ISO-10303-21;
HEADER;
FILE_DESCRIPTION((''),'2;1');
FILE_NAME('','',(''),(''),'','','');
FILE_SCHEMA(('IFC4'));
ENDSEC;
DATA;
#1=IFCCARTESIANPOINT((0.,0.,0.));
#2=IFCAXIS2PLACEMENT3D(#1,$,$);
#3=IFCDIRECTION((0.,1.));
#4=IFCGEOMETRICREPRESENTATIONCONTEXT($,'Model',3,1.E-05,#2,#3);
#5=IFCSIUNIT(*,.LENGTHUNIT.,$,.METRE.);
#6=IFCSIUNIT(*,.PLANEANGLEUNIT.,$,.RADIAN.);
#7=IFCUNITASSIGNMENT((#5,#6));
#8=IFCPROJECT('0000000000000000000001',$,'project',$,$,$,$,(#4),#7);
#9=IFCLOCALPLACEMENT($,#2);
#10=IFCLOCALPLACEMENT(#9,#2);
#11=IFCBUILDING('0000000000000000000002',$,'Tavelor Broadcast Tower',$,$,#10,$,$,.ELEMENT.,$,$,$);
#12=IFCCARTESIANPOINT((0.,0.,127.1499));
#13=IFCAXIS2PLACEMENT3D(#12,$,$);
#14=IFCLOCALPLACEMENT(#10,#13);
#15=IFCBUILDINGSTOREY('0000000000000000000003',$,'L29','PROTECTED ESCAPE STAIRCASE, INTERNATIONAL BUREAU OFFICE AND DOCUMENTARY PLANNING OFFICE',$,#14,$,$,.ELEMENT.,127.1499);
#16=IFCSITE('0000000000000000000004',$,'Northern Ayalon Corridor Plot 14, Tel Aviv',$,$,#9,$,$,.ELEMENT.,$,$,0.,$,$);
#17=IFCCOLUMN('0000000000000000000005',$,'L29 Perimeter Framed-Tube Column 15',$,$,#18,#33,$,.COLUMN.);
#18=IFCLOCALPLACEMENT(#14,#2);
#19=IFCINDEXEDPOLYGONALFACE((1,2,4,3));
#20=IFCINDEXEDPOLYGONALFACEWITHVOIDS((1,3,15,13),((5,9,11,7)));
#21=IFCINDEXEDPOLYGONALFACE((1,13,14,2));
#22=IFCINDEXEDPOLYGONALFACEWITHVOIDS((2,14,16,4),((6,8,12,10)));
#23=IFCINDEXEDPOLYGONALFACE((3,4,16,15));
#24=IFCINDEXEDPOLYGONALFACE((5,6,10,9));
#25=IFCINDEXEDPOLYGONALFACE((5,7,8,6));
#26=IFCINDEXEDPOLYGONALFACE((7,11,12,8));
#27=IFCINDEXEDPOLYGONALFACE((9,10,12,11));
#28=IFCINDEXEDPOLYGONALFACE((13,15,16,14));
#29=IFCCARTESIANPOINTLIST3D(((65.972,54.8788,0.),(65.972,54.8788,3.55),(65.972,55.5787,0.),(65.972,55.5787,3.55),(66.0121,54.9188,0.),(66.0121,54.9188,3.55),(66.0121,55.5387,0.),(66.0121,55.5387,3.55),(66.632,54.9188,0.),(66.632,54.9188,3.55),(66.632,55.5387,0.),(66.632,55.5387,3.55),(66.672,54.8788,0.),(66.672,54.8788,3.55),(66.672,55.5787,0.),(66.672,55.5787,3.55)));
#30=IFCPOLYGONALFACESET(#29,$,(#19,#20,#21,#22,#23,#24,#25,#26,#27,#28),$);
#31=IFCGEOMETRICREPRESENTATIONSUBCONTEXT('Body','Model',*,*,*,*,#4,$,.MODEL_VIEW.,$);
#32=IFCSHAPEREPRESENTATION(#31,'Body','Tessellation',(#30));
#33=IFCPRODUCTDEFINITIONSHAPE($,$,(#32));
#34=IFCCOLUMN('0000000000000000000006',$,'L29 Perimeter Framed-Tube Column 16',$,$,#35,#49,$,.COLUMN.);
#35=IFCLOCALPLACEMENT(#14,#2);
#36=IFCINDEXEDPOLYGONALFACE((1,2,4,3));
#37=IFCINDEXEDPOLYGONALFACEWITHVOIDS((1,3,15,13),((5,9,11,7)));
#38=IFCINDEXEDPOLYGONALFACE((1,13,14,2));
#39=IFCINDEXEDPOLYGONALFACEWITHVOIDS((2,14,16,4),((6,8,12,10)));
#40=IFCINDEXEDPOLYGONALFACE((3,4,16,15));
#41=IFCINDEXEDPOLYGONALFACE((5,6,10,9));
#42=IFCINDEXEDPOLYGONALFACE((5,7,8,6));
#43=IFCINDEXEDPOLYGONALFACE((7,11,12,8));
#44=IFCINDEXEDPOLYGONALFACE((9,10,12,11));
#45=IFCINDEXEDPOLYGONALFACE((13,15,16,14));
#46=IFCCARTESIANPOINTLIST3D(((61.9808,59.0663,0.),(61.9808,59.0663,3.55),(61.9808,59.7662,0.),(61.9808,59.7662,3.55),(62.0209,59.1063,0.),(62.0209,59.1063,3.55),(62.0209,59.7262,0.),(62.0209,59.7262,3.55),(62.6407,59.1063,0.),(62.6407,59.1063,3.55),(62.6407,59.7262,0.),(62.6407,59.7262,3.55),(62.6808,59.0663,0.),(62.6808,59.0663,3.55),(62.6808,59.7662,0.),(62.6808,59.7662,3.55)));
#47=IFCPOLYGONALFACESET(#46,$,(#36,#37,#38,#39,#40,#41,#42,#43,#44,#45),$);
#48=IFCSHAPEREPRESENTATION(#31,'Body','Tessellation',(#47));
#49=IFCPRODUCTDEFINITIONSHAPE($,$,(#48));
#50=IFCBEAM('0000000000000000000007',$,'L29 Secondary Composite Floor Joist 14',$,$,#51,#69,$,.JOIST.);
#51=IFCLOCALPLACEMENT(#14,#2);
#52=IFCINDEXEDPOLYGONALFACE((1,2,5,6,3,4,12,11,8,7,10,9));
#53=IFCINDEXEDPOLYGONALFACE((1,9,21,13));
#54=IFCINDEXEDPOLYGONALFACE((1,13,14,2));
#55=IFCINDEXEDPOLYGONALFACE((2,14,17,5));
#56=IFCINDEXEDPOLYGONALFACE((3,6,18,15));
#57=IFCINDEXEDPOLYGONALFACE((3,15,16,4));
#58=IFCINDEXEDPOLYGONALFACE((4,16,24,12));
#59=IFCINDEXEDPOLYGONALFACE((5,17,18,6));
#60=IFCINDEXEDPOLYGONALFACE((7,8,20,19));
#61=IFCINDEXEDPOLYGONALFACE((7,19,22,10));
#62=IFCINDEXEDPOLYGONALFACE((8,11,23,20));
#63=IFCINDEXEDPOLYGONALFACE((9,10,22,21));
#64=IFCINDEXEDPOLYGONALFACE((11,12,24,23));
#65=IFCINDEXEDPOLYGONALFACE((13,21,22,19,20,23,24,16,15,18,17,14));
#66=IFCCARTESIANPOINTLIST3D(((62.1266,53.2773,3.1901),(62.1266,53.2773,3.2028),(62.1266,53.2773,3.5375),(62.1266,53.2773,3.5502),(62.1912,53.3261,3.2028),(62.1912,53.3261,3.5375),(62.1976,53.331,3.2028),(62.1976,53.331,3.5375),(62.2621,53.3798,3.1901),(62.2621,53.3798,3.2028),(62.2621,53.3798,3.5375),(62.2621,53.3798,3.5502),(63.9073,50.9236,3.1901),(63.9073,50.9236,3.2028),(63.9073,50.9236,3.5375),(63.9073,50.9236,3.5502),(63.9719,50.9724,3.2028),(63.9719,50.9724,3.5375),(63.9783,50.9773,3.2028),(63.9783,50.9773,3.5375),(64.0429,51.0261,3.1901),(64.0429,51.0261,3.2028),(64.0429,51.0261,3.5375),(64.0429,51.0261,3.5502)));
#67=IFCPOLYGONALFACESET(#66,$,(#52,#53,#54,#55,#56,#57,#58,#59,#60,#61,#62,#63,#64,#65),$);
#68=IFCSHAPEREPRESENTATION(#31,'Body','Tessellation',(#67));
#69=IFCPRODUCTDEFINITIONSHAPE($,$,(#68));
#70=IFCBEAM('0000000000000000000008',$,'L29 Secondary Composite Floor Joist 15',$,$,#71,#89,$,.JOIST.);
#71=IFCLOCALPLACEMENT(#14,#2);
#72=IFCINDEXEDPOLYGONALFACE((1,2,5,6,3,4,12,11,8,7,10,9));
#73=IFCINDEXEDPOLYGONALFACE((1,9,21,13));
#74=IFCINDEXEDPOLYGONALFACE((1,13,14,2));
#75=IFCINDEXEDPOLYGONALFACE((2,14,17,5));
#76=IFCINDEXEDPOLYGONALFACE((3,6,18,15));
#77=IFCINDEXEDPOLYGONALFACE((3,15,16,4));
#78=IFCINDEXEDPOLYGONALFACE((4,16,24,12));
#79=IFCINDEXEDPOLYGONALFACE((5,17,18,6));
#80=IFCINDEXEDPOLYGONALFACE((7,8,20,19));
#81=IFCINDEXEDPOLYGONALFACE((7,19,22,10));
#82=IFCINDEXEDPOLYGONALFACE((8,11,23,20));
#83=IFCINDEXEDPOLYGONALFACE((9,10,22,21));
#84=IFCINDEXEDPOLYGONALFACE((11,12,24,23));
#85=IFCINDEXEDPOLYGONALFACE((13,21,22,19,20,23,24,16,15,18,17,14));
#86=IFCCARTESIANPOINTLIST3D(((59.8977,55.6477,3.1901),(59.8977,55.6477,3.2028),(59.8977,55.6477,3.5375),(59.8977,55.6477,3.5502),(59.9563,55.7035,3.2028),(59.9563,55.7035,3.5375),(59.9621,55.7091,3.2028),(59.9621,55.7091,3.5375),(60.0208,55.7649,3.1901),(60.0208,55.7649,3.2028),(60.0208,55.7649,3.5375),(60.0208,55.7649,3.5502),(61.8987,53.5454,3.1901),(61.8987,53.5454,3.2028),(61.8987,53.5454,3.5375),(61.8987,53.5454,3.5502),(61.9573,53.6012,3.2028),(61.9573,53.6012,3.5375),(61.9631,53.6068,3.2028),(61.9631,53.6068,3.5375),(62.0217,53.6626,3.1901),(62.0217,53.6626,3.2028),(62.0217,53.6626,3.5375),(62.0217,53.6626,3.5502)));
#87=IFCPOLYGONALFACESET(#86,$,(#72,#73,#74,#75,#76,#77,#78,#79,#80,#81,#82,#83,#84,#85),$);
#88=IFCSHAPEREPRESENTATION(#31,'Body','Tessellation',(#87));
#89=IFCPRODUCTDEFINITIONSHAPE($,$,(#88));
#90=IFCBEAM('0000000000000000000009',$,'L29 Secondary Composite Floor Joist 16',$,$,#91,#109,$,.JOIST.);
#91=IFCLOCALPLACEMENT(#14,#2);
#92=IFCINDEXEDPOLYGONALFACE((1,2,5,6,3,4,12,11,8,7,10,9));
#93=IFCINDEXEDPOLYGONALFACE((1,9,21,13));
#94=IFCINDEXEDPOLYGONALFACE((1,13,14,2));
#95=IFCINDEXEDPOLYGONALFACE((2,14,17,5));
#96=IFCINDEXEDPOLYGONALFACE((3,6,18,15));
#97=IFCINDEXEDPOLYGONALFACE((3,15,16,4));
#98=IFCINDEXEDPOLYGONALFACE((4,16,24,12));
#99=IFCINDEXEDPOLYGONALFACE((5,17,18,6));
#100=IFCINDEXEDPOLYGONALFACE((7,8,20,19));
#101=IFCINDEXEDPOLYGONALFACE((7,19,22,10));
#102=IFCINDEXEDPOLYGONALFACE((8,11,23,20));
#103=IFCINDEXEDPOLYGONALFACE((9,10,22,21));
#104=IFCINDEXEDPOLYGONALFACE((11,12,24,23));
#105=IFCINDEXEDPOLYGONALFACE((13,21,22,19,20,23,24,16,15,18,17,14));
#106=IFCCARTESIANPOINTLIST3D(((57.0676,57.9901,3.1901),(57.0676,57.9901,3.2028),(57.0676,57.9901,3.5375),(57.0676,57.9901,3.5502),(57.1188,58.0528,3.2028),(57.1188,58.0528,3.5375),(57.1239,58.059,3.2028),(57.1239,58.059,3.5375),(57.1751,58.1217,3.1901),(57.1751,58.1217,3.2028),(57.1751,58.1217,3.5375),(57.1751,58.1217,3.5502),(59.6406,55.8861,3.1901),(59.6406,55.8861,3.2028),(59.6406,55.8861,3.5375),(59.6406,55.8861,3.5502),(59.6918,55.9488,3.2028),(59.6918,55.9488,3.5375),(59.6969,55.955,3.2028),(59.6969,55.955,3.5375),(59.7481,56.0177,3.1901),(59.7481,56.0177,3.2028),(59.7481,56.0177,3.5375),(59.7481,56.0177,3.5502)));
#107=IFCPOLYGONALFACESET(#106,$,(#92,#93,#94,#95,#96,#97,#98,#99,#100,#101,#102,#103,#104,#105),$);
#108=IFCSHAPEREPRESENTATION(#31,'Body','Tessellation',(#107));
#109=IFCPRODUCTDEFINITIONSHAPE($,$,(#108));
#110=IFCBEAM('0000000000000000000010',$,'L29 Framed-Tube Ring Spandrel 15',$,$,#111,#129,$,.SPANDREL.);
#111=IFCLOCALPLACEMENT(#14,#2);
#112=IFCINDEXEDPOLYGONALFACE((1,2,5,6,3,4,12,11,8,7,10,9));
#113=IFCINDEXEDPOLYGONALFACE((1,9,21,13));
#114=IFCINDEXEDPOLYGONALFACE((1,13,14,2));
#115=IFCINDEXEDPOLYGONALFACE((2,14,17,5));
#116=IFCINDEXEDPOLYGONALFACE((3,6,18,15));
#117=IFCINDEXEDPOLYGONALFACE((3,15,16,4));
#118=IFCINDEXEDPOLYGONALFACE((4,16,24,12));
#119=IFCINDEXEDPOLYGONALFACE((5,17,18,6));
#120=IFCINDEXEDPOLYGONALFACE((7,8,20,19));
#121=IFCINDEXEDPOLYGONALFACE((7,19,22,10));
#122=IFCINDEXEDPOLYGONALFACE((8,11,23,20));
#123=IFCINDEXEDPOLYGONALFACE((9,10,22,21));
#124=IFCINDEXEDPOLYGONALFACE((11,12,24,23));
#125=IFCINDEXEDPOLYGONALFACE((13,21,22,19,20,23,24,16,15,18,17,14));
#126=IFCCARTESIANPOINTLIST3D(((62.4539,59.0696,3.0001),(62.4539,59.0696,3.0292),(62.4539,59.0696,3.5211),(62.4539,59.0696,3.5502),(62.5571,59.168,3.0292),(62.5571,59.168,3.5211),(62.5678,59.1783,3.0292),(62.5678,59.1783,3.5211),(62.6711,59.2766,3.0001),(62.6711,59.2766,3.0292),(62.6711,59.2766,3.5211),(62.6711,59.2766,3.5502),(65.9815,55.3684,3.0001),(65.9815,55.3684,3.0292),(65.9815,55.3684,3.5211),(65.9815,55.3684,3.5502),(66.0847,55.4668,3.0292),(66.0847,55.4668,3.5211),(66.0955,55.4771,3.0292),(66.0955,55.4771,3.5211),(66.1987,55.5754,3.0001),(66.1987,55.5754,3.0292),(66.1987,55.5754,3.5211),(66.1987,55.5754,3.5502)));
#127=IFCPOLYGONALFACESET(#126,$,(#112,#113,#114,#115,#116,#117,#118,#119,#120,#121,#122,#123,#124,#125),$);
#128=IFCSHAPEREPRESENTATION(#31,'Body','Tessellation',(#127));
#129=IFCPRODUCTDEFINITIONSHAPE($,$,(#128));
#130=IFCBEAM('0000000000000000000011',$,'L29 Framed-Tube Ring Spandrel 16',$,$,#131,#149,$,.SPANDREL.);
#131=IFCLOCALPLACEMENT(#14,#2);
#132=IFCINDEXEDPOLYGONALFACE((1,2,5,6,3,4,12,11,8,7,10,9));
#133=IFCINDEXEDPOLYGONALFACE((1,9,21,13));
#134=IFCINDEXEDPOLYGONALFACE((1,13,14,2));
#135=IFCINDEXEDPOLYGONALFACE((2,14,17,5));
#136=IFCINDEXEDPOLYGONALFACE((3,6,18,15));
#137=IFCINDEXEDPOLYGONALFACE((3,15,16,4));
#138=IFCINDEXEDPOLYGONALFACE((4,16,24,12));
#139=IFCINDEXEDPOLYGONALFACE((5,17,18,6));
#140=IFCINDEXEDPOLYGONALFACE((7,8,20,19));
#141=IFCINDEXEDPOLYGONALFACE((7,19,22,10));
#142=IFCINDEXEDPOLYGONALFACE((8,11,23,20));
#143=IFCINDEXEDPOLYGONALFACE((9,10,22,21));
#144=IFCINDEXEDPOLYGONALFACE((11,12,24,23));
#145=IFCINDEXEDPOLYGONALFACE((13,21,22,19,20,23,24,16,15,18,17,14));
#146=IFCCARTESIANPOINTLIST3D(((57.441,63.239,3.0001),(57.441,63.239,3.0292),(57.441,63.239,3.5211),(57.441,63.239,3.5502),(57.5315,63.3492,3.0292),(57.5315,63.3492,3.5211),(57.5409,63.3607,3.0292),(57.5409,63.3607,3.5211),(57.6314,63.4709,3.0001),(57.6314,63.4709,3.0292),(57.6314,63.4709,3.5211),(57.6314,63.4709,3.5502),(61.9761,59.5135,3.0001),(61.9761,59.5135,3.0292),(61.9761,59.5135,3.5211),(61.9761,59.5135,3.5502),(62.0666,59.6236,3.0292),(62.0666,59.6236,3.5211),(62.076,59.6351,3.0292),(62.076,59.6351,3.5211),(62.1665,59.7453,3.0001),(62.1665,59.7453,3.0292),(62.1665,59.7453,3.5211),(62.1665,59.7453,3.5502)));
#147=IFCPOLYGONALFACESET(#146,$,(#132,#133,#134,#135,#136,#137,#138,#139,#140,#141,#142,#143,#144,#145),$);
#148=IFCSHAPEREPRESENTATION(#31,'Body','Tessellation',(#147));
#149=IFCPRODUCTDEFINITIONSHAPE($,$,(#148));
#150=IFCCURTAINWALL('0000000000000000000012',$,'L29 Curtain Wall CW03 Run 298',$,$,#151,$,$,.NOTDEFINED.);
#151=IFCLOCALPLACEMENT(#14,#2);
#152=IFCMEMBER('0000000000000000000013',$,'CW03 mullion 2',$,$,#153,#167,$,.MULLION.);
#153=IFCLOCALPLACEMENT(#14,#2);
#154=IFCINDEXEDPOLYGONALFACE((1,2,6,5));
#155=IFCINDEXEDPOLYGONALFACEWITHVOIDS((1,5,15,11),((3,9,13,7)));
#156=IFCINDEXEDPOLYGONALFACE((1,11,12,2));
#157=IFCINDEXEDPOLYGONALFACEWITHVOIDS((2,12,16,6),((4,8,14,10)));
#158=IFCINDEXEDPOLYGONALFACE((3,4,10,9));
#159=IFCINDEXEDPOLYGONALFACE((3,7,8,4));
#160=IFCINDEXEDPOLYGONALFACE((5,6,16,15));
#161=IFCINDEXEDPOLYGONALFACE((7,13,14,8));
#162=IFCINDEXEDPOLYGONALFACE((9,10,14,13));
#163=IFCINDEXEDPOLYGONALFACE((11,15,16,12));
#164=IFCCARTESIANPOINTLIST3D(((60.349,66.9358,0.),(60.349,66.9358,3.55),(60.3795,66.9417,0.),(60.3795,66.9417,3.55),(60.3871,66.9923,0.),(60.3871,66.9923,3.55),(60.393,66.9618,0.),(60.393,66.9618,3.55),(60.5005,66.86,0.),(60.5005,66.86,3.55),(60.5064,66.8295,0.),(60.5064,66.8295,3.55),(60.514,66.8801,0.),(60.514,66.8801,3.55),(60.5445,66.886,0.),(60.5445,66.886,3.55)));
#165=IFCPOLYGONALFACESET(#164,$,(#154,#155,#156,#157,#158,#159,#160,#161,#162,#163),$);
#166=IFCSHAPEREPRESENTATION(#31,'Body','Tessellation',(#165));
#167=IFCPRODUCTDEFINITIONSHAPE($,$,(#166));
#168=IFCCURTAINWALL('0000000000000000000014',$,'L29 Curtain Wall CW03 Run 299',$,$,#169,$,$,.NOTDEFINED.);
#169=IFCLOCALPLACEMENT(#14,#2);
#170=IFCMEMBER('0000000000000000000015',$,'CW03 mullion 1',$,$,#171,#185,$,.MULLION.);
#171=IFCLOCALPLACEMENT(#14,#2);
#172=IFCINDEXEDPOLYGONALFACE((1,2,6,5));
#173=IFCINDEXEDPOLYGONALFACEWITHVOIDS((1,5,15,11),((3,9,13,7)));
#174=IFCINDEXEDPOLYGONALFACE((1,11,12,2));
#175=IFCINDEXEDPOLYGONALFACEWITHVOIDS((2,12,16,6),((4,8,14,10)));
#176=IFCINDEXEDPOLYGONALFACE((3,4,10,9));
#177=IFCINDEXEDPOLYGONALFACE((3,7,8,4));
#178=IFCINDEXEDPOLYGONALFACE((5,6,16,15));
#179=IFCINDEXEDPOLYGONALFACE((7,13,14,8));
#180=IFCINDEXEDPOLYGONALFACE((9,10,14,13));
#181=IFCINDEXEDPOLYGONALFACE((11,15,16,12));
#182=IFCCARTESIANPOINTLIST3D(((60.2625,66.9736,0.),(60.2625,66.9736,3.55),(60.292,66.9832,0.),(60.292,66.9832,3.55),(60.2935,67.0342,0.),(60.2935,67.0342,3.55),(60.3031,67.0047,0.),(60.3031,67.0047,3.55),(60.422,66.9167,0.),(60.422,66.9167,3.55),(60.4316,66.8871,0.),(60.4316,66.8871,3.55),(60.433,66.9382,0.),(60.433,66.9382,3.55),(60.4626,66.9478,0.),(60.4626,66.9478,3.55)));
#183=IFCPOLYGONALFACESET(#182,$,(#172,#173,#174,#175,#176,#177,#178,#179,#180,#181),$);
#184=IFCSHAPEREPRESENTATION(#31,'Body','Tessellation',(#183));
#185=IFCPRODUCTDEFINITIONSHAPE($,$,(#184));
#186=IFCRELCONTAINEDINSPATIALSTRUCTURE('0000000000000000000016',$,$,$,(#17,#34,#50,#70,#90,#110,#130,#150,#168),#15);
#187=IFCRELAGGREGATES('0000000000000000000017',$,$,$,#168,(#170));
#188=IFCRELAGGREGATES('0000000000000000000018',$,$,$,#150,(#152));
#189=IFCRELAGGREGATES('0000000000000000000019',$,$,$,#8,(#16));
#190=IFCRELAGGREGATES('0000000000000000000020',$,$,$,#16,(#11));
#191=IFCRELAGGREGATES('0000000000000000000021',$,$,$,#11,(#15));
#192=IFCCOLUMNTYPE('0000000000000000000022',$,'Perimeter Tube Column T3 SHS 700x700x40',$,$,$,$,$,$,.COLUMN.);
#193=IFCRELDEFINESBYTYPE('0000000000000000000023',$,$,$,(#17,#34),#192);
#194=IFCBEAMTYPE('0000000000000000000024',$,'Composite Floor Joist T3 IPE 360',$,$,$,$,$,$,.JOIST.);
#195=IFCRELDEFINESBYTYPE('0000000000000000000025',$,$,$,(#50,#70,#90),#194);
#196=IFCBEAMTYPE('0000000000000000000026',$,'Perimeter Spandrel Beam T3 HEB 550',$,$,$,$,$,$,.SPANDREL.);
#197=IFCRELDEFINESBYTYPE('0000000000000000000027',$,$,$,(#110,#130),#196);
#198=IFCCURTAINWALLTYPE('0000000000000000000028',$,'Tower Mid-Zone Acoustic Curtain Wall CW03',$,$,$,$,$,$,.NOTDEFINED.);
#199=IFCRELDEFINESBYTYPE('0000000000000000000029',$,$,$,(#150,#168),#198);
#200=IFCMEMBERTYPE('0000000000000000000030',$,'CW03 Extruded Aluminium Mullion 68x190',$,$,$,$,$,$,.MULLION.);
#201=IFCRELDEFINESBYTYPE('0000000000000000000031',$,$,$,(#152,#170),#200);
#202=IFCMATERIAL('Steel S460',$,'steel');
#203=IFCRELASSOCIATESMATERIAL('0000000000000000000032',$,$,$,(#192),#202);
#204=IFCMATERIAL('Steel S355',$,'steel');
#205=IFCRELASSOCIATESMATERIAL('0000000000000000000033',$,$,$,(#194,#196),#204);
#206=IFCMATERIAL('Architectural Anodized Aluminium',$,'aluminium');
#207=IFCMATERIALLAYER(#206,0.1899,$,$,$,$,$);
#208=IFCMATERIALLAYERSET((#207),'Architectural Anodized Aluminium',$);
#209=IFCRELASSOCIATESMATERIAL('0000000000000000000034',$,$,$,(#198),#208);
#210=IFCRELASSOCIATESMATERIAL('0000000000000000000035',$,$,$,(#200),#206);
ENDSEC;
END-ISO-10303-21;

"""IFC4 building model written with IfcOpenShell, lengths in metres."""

from ifc_helpers import new_model, si_unit, direction, frame, origin, origin_2d, place, context, subcontext, project, spatial, hollow_rectangle, i_section, extrude, source, transform, mapped, material, layer, layer_set, material_profile, profile_set, type_object, type_shapes, element, aggregate, save


model = new_model("IFC4")

# Units and contexts
model_context = context("Model", 3, precision=1e-05, world=origin(), true_north=direction((0.0, 1.0)))
body_context = subcontext(model_context, "Body", "Model", "MODEL_VIEW")
ifc_project = project(units=[si_unit("LENGTHUNIT", "METRE"), si_unit("PLANEANGLEUNIT", "RADIAN")], contexts=[model_context])

# Site, building, storey
site_placement = place(None, origin())
site = spatial("IfcSite", under=ifc_project, at=site_placement, Name="Northern Ayalon Corridor Plot 14, Tel Aviv", CompositionType="ELEMENT", RefElevation=0.0)
building_placement = place(site_placement, origin())
building = spatial("IfcBuilding", under=site, at=building_placement, Name="Tavelor Broadcast Tower", CompositionType="ELEMENT")
storey_placement = place(building_placement, frame((0.0, 0.0, 127.1499)))
storey = spatial("IfcBuildingStorey", under=building, at=storey_placement, Name="L29", Description="PROTECTED ESCAPE STAIRCASE, INTERNATIONAL BUREAU OFFICE AND DOCUMENTARY PLANNING OFFICE", CompositionType="ELEMENT", Elevation=127.1499)

# Columns
ifc_material_1 = material(Name="Steel S460", Category="steel")
ifc_material_profile_1 = material_profile(ifc_material_1, hollow_rectangle(XDim=0.7, YDim=0.7, WallThickness=0.04, at=origin_2d()), Name="SHS 700x700x40")
ifc_profile_set_1 = profile_set([ifc_material_profile_1], Name="Steel S460")
column_type = type_object("IfcColumnType", Name="Perimeter Tube Column T3 SHS 700x700x40", PredefinedType="COLUMN", material=ifc_profile_set_1)
for number, where, z_axis, x_axis, name in (
    (1, (66.322, 55.2288, 0.0), (0.0, 0.0, 1.0), (1.0, 0.0, 0.0), "L29 Perimeter Framed-Tube Column 15"),
    (2, (62.3308, 59.4163, 0.0), (0.0, 0.0, 1.0), (1.0, 0.0, 0.0), "L29 Perimeter Framed-Tube Column 16"),
):
    element("IfcColumn", number, at=place(storey_placement, frame(where, z_axis=z_axis, x_axis=x_axis)), inside=storey, type_object=column_type, Name=name, PredefinedType="COLUMN", context=body_context, shape_type="SweptSolid", body=[
        extrude(hollow_rectangle(XDim=0.7, YDim=0.7, WallThickness=0.04, at=origin_2d()), origin(), (0.0, 0.0, 1.0), 3.55),
    ])

# Beams
ifc_material_2 = material(Name="Steel S355", Category="steel")
ifc_material_profile_2 = material_profile(ifc_material_2, i_section(OverallWidth=0.1699, OverallDepth=0.3601, WebThickness=0.0081, FlangeThickness=0.0127, at=origin_2d()), Name="IPE 360")
ifc_profile_set_2 = profile_set([ifc_material_profile_2], Name="Steel S355")
beam_type_1 = type_object("IfcBeamType", Name="Composite Floor Joist T3 IPE 360", PredefinedType="JOIST", material=ifc_profile_set_2)
beam_1_placement = place(storey_placement, frame((63.9751, 50.9749, 3.3701), z_axis=(-0.603343, 0.797482, 0.0), x_axis=(-0.797482, -0.603343, 0.0)))
element("IfcBeam", 3, at=beam_1_placement, inside=storey, type_object=beam_type_1, Name="L29 Secondary Composite Floor Joist 14", PredefinedType="JOIST", context=body_context, shape_type="SweptSolid", body=[
    extrude(i_section(OverallWidth=0.1699, OverallDepth=0.3601, WebThickness=0.0081, FlangeThickness=0.0127, at=origin_2d()), origin(), (0.0, 0.0, 1.0), 2.9514),
])
beam_2_placement = place(storey_placement, frame((61.9602, 53.604, 3.3701), z_axis=(-0.689437, 0.724346, 0.0), x_axis=(-0.724346, -0.689437, 0.0)))
element("IfcBeam", 4, at=beam_2_placement, inside=storey, type_object=beam_type_1, Name="L29 Secondary Composite Floor Joist 15", PredefinedType="JOIST", context=body_context, shape_type="SweptSolid", body=[
    extrude(i_section(OverallWidth=0.1699, OverallDepth=0.3601, WebThickness=0.0081, FlangeThickness=0.0127, at=origin_2d()), origin(), (0.0, 0.0, 1.0), 2.9023),
])
beam_3_placement = place(storey_placement, frame((59.6943, 55.9519, 3.3701), z_axis=(-0.774131, 0.633026, 0.0), x_axis=(-0.633026, -0.774131, 0.0)))
element("IfcBeam", 5, at=beam_3_placement, inside=storey, type_object=beam_type_1, Name="L29 Secondary Composite Floor Joist 16", PredefinedType="JOIST", context=body_context, shape_type="SweptSolid", body=[
    extrude(i_section(OverallWidth=0.1699, OverallDepth=0.3601, WebThickness=0.0081, FlangeThickness=0.0127, at=origin_2d()), origin(), (0.0, 0.0, 1.0), 3.3237),
])
ifc_material_profile_3 = material_profile(ifc_material_2, i_section(OverallWidth=0.3, OverallDepth=0.55, WebThickness=0.0149, FlangeThickness=0.0291, at=origin_2d()), Name="HEB 550")
ifc_profile_set_3 = profile_set([ifc_material_profile_3], Name="Steel S355")
beam_type_2 = type_object("IfcBeamType", Name="Perimeter Spandrel Beam T3 HEB 550", PredefinedType="SPANDREL", material=ifc_profile_set_3)
beam_4_placement = place(storey_placement, frame((66.0901, 55.4719, 3.2751), z_axis=(-0.689928, 0.723878, 0.0), x_axis=(-0.723878, -0.689928, 0.0)))
element("IfcBeam", 6, at=beam_4_placement, inside=storey, type_object=beam_type_2, Name="L29 Framed-Tube Ring Spandrel 15", PredefinedType="SPANDREL", context=body_context, shape_type="SweptSolid", body=[
    extrude(i_section(OverallWidth=0.3, OverallDepth=0.55, WebThickness=0.0149, FlangeThickness=0.0291, at=origin_2d()), origin(), (0.0, 0.0, 1.0), 5.113),
])
beam_5_placement = place(storey_placement, frame((62.0713, 59.6294, 3.2751), z_axis=(-0.772703, 0.634768, 0.0), x_axis=(-0.634768, -0.772703, 0.0)))
element("IfcBeam", 7, at=beam_5_placement, inside=storey, type_object=beam_type_2, Name="L29 Framed-Tube Ring Spandrel 16", PredefinedType="SPANDREL", context=body_context, shape_type="SweptSolid", body=[
    extrude(i_section(OverallWidth=0.3, OverallDepth=0.55, WebThickness=0.0149, FlangeThickness=0.0291, at=origin_2d()), origin(), (0.0, 0.0, 1.0), 5.8691),
])

# Curtain wall, member
ifc_material_3 = material(Name="Architectural Anodized Aluminium", Category="aluminium")
ifc_layer_1 = layer(ifc_material_3, 0.1899)
ifc_layer_set_1 = layer_set([ifc_layer_1], Name="Architectural Anodized Aluminium")
curtain_wall_type = type_object("IfcCurtainWallType", Name="Tower Mid-Zone Acoustic Curtain Wall CW03", PredefinedType="NOTDEFINED", material=ifc_layer_set_1)
curtain_wall_1_placement = place(storey_placement, origin())
curtain_wall_1 = element("IfcCurtainWall", 8, at=curtain_wall_1_placement, inside=storey, type_object=curtain_wall_type, Name="L29 Curtain Wall CW03 Run 298", PredefinedType="NOTDEFINED")
ifc_material_profile_4 = material_profile(ifc_material_3, hollow_rectangle(XDim=0.0681, YDim=0.1899, WallThickness=0.022, at=origin_2d()), Name="RHS 68x190x22")
ifc_profile_set_4 = profile_set([ifc_material_profile_4], Name="Architectural Anodized Aluminium")
member_type_1 = type_object("IfcMemberType", Name="CW03 Extruded Aluminium Mullion 68x190", PredefinedType="MULLION", material=ifc_profile_set_4)
shared_shape_1 = source(origin(), body_context, "Body", "SweptSolid", [
    extrude(hollow_rectangle(XDim=0.0681, YDim=0.1899, WallThickness=0.022, at=origin_2d()), origin(), (0.0, 0.0, 1.0), 3.55),
])
type_shapes(member_type_1, [shared_shape_1])
member_1_placement = place(storey_placement, frame((60.4468, 66.9109, 0.0), z_axis=(0.0, 0.0, 1.0), x_axis=(-0.559547, -0.828798, 0.0)))
member_1 = element("IfcMember", 9, at=member_1_placement, type_object=member_type_1, Name="CW03 mullion 2", PredefinedType="MULLION", context=body_context, shape_type="MappedRepresentation", body=[
    mapped(shared_shape_1, transform((0.0, 0.0, 0.0), scale=1.0)),
])

# Curtain wall, member
curtain_wall_2_placement = place(storey_placement, origin())
curtain_wall_2 = element("IfcCurtainWall", 10, at=curtain_wall_2_placement, inside=storey, type_object=curtain_wall_type, Name="L29 Curtain Wall CW03 Run 299", PredefinedType="NOTDEFINED")
member_2_placement = place(storey_placement, frame((60.3625, 66.9607, 0.0), z_axis=(0.0, 0.0, 1.0), x_axis=(-0.455145, -0.890417, 0.0)))
member_2 = element("IfcMember", 11, at=member_2_placement, type_object=member_type_1, Name="CW03 mullion 1", PredefinedType="MULLION", context=body_context, shape_type="MappedRepresentation", body=[
    mapped(shared_shape_1, transform((0.0, 0.0, 0.0), scale=1.0)),
])
aggregate(curtain_wall_2, [member_2])

aggregate(curtain_wall_1, [member_1])

save(model, "model.ifc")
